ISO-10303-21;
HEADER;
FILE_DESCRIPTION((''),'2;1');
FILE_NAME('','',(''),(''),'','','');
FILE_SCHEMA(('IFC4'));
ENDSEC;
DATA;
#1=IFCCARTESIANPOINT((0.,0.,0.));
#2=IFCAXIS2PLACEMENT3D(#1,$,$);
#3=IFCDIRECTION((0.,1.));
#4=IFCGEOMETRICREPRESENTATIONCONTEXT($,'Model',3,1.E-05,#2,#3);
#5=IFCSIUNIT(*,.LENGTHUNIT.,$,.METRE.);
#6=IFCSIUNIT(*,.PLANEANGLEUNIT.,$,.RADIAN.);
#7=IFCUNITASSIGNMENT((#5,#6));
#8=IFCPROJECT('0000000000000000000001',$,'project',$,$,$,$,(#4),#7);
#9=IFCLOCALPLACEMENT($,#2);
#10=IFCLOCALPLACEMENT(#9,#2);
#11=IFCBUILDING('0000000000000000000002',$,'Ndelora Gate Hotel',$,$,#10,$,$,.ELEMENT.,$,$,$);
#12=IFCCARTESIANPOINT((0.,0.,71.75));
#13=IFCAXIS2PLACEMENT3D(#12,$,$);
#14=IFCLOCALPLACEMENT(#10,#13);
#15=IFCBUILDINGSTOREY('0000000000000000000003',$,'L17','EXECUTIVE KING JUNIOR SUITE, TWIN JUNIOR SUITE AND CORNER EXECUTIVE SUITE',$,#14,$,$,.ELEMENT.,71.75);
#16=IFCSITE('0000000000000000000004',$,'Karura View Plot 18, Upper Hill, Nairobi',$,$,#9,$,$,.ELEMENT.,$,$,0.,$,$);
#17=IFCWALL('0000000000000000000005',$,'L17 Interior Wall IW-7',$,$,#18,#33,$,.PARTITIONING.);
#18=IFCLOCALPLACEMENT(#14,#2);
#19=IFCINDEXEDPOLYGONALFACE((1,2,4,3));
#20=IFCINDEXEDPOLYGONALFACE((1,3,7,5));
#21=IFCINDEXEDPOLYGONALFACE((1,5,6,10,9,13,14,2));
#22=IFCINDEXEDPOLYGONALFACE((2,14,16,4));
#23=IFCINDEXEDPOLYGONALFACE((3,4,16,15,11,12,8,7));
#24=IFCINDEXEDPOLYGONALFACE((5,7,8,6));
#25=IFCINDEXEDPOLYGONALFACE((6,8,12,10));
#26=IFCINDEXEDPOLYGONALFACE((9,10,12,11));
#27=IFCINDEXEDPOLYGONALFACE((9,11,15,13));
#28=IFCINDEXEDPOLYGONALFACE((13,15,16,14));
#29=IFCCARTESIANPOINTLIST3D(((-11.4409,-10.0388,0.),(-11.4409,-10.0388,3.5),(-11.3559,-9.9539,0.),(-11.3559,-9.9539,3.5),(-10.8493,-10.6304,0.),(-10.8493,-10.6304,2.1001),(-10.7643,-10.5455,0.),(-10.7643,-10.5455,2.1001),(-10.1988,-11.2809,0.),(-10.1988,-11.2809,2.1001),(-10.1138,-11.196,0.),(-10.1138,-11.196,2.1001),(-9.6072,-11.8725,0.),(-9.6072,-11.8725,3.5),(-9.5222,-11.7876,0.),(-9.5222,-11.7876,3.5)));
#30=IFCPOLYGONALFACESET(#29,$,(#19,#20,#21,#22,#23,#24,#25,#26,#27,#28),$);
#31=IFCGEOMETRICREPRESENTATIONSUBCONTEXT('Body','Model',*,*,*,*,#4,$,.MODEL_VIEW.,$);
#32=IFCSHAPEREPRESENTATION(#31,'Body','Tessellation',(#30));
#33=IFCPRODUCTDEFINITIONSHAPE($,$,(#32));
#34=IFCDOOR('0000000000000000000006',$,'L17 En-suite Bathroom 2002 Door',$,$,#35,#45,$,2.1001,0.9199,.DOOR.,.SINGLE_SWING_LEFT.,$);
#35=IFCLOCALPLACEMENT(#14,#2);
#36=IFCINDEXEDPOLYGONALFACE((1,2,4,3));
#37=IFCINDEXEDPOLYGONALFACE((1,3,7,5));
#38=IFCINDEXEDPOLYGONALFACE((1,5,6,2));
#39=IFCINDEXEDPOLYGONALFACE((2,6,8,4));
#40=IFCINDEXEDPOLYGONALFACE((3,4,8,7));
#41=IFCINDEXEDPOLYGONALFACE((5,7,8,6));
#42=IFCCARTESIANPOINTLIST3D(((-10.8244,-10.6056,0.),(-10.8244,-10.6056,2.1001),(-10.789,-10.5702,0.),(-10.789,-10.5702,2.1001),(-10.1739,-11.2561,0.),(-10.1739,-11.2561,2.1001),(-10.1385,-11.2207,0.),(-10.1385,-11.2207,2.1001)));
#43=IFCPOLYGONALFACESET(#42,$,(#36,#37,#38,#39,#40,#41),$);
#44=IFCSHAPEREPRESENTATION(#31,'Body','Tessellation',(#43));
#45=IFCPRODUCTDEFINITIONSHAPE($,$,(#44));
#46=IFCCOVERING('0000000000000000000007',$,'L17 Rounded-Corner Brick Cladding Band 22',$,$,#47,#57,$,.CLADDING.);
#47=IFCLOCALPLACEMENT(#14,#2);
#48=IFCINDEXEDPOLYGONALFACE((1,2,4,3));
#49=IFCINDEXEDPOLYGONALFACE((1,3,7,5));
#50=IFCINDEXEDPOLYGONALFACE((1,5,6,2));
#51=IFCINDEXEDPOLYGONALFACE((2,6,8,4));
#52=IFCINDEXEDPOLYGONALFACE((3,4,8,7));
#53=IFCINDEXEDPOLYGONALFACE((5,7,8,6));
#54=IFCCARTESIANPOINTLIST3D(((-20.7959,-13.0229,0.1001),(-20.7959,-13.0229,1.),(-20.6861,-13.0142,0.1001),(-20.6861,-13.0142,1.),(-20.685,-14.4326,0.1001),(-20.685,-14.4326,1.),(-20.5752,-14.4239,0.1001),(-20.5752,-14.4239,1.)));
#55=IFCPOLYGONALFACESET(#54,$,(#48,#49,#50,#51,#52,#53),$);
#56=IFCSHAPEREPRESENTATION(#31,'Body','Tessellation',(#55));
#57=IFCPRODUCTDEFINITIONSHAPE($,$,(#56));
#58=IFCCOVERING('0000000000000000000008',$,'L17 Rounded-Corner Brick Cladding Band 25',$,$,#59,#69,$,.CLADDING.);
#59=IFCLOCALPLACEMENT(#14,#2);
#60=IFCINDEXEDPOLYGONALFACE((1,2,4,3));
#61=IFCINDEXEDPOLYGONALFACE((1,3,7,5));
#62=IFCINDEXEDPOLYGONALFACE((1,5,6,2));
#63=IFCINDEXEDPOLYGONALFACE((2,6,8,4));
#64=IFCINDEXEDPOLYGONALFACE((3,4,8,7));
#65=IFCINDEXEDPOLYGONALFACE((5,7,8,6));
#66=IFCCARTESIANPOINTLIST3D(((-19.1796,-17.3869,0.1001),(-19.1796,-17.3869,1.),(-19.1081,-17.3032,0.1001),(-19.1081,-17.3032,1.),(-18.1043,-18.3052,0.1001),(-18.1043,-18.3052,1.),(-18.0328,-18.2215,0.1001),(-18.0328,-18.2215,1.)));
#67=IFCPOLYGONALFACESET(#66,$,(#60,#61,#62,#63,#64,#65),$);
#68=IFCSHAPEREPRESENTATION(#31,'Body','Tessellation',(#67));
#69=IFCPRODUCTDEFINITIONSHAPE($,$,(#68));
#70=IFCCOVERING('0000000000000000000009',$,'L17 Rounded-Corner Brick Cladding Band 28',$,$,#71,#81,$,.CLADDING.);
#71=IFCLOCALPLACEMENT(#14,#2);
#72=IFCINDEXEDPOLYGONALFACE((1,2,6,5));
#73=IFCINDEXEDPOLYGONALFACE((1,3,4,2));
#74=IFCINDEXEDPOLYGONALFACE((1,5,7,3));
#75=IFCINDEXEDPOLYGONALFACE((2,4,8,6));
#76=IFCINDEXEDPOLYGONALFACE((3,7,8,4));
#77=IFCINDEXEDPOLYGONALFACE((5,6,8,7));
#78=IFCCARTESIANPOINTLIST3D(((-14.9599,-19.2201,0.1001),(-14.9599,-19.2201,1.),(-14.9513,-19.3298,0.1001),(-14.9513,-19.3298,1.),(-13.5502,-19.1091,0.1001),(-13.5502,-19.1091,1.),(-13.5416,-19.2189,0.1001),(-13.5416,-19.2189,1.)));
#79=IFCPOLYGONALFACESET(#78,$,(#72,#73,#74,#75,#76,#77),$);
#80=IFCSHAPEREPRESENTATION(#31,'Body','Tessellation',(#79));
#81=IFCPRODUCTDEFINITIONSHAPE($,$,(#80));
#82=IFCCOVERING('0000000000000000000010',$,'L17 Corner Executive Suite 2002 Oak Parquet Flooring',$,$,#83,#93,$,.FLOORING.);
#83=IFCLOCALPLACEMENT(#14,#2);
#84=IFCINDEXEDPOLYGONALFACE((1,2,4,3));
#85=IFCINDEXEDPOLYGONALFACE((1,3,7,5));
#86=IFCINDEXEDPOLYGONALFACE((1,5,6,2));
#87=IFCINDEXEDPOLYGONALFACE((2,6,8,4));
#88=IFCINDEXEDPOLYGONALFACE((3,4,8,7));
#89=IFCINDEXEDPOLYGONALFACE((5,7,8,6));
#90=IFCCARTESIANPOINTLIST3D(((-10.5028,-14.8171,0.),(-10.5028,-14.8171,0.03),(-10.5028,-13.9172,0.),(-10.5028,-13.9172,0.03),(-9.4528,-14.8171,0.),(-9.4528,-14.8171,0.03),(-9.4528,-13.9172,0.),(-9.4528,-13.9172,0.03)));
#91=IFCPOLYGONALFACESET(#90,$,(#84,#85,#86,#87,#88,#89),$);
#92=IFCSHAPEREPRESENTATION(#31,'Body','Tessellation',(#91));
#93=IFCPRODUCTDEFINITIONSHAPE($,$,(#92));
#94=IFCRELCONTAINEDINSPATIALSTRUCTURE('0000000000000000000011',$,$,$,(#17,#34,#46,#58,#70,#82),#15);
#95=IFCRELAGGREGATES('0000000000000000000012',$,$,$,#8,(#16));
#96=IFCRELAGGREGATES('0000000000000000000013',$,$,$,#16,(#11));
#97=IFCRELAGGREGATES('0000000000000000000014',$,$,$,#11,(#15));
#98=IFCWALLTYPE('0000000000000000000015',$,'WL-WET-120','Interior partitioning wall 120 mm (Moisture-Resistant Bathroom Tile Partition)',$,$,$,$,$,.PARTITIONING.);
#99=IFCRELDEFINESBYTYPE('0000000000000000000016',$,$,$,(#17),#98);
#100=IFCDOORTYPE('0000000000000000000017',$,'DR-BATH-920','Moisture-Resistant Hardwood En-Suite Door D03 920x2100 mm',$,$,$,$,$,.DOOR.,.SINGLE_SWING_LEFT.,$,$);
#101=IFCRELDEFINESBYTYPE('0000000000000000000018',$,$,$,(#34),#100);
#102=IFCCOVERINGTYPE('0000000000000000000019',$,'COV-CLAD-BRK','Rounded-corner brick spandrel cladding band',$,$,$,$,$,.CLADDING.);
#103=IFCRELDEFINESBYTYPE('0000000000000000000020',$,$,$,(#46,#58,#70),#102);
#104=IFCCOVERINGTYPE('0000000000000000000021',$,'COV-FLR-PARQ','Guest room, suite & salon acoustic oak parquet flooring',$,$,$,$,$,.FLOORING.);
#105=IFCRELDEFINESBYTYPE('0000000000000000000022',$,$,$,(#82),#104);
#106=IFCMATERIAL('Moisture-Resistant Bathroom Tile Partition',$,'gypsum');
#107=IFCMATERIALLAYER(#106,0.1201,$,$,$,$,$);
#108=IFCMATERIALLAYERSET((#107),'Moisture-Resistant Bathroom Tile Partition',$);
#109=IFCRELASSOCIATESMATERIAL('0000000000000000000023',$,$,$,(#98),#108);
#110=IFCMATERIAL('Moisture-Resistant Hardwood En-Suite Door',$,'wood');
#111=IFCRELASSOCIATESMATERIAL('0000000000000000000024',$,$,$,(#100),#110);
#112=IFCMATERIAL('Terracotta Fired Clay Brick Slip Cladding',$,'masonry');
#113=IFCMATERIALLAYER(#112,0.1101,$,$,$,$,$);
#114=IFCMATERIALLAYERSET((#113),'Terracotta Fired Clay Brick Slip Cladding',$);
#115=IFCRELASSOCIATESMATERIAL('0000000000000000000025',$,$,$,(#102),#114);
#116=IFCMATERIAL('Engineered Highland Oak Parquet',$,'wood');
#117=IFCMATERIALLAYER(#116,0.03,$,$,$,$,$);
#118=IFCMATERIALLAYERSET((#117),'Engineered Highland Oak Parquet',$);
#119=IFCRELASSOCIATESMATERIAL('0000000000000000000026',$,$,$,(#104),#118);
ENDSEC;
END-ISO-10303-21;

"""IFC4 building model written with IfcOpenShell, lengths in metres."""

from ifc_helpers import new_model, si_unit, direction, frame, frame_2d, origin, origin_2d, place, context, subcontext, project, spatial, rectangle, extrude, material, layer, layer_set, type_object, element, fill, save


model = new_model("IFC4")

# Units and contexts
model_context = context("Model", 3, precision=1e-05, world=origin(), true_north=direction((0.0, 1.0)))
body_context = subcontext(model_context, "Body", "Model", "MODEL_VIEW")
ifc_project = project(units=[si_unit("LENGTHUNIT", "METRE"), si_unit("PLANEANGLEUNIT", "RADIAN")], contexts=[model_context])

# Site, building, storey
site_placement = place(None, origin())
site = spatial("IfcSite", under=ifc_project, at=site_placement, Name="Karura View Plot 18, Upper Hill, Nairobi", CompositionType="ELEMENT", RefElevation=0.0)
building_placement = place(site_placement, origin())
building = spatial("IfcBuilding", under=site, at=building_placement, Name="Ndelora Gate Hotel", CompositionType="ELEMENT")
storey_placement = place(building_placement, frame((0.0, 0.0, 71.75)))
storey = spatial("IfcBuildingStorey", under=building, at=storey_placement, Name="L17", Description="EXECUTIVE KING JUNIOR SUITE, TWIN JUNIOR SUITE AND CORNER EXECUTIVE SUITE", CompositionType="ELEMENT", Elevation=71.75)

# Wall, opening, door
ifc_material_1 = material(Name="Moisture-Resistant Bathroom Tile Partition", Category="gypsum")
ifc_layer_1 = layer(ifc_material_1, 0.1201)
ifc_layer_set_1 = layer_set([ifc_layer_1], Name="Moisture-Resistant Bathroom Tile Partition")
wall_type_1 = type_object("IfcWallType", Name="WL-WET-120", Description="Interior partitioning wall 120 mm (Moisture-Resistant Bathroom Tile Partition)", PredefinedType="PARTITIONING", material=ifc_layer_set_1)
wall_1_placement = place(storey_placement, frame((-9.5647, -11.8301, 0.0), z_axis=(0.0, 0.0, 1.0), x_axis=(-0.707107, 0.707107, 0.0)))
wall_1 = element("IfcWall", 1, at=wall_1_placement, inside=storey, type_object=wall_type_1, Name="L17 Interior Wall IW-7", PredefinedType="PARTITIONING", context=body_context, shape_type="SweptSolid", body=[
    extrude(rectangle(XDim=2.5933, YDim=0.1201, at=frame_2d((1.2966, 0.0))), origin(), (0.0, 0.0, 1.0), 3.5),
])
opening_1_placement = place(wall_1_placement, frame((0.8367, 0.0, 0.0)))
opening_1 = element("IfcOpeningElement", 2, at=opening_1_placement, cuts=wall_1, PredefinedType="OPENING", context=body_context, shape_type="SweptSolid", body=[
    extrude(rectangle(XDim=0.9199, YDim=2.1001, at=frame_2d((0.46, 1.05))), frame((0.0, 0.0701, 0.0), z_axis=(0.0, -1.0, 0.0), x_axis=(1.0, 0.0, 0.0)), (0.0, 0.0, 1.0), 0.1401),
])
ifc_material_2 = material(Name="Moisture-Resistant Hardwood En-Suite Door", Category="wood")
door_type = type_object("IfcDoorType", Name="DR-BATH-920", Description="Moisture-Resistant Hardwood En-Suite Door D03 920x2100 mm", OperationType="SINGLE_SWING_LEFT", PredefinedType="DOOR", material=ifc_material_2)
door_placement = place(opening_1_placement, origin())
door = element("IfcDoor", 3, at=door_placement, inside=storey, type_object=door_type, Name="L17 En-suite Bathroom 2002 Door", OperationType="SINGLE_SWING_LEFT", OverallHeight=2.1001, OverallWidth=0.9199, PredefinedType="DOOR", context=body_context, shape_type="SweptSolid", body=[
    extrude(rectangle(XDim=0.9199, YDim=2.1001, at=frame_2d((0.46, 1.05))), frame((0.0, 0.0249, 0.0), z_axis=(0.0, -1.0, 0.0), x_axis=(1.0, 0.0, 0.0)), (0.0, 0.0, 1.0), 0.05),
])
fill(opening_1, door)

# Coverings
ifc_material_3 = material(Name="Terracotta Fired Clay Brick Slip Cladding", Category="masonry")
ifc_layer_2 = layer(ifc_material_3, 0.1101)
ifc_layer_set_2 = layer_set([ifc_layer_2], Name="Terracotta Fired Clay Brick Slip Cladding")
covering_type_1 = type_object("IfcCoveringType", Name="COV-CLAD-BRK", Description="Rounded-corner brick spandrel cladding band", PredefinedType="CLADDING", material=ifc_layer_set_2)
for number, where, z_axis, x_axis, name in (
    (4, (-20.6855, -13.7234, 0.1001), (0.0, 0.0, 1.0), (-0.078459, 0.996917, 0.0), "L17 Rounded-Corner Brick Cladding Band 22"),
    (5, (-18.6062, -17.8042, 0.1001), (0.0, 0.0, 1.0), (-0.760406, 0.649448, 0.0), "L17 Rounded-Corner Brick Cladding Band 25"),
    (6, (-14.2507, -19.2195, 0.1001), (0.0, 0.0, 1.0), (0.996917, 0.078459, 0.0), "L17 Rounded-Corner Brick Cladding Band 28"),
):
    element("IfcCovering", number, at=place(storey_placement, frame(where, z_axis=z_axis, x_axis=x_axis)), inside=storey, type_object=covering_type_1, Name=name, PredefinedType="CLADDING", context=body_context, shape_type="SweptSolid", body=[
        extrude(rectangle(XDim=1.4141, YDim=0.1101, at=origin_2d()), origin(), (0.0, 0.0, 1.0), 0.8999),
    ])
ifc_material_4 = material(Name="Engineered Highland Oak Parquet", Category="wood")
ifc_layer_3 = layer(ifc_material_4, 0.03)
ifc_layer_set_3 = layer_set([ifc_layer_3], Name="Engineered Highland Oak Parquet")
covering_type_2 = type_object("IfcCoveringType", Name="COV-FLR-PARQ", Description="Guest room, suite & salon acoustic oak parquet flooring", PredefinedType="FLOORING", material=ifc_layer_set_3)
covering_placement = place(storey_placement, frame((-9.9778, -14.3672, 0.0), z_axis=(0.0, 0.0, 1.0), x_axis=(1.0, 0.0, 0.0)))
element("IfcCovering", 7, at=covering_placement, inside=storey, type_object=covering_type_2, Name="L17 Corner Executive Suite 2002 Oak Parquet Flooring", PredefinedType="FLOORING", context=body_context, shape_type="SweptSolid", body=[
    extrude(rectangle(XDim=1.05, YDim=0.8999, at=origin_2d()), origin(), (0.0, 0.0, 1.0), 0.03),
])

save(model, "model.ifc")
